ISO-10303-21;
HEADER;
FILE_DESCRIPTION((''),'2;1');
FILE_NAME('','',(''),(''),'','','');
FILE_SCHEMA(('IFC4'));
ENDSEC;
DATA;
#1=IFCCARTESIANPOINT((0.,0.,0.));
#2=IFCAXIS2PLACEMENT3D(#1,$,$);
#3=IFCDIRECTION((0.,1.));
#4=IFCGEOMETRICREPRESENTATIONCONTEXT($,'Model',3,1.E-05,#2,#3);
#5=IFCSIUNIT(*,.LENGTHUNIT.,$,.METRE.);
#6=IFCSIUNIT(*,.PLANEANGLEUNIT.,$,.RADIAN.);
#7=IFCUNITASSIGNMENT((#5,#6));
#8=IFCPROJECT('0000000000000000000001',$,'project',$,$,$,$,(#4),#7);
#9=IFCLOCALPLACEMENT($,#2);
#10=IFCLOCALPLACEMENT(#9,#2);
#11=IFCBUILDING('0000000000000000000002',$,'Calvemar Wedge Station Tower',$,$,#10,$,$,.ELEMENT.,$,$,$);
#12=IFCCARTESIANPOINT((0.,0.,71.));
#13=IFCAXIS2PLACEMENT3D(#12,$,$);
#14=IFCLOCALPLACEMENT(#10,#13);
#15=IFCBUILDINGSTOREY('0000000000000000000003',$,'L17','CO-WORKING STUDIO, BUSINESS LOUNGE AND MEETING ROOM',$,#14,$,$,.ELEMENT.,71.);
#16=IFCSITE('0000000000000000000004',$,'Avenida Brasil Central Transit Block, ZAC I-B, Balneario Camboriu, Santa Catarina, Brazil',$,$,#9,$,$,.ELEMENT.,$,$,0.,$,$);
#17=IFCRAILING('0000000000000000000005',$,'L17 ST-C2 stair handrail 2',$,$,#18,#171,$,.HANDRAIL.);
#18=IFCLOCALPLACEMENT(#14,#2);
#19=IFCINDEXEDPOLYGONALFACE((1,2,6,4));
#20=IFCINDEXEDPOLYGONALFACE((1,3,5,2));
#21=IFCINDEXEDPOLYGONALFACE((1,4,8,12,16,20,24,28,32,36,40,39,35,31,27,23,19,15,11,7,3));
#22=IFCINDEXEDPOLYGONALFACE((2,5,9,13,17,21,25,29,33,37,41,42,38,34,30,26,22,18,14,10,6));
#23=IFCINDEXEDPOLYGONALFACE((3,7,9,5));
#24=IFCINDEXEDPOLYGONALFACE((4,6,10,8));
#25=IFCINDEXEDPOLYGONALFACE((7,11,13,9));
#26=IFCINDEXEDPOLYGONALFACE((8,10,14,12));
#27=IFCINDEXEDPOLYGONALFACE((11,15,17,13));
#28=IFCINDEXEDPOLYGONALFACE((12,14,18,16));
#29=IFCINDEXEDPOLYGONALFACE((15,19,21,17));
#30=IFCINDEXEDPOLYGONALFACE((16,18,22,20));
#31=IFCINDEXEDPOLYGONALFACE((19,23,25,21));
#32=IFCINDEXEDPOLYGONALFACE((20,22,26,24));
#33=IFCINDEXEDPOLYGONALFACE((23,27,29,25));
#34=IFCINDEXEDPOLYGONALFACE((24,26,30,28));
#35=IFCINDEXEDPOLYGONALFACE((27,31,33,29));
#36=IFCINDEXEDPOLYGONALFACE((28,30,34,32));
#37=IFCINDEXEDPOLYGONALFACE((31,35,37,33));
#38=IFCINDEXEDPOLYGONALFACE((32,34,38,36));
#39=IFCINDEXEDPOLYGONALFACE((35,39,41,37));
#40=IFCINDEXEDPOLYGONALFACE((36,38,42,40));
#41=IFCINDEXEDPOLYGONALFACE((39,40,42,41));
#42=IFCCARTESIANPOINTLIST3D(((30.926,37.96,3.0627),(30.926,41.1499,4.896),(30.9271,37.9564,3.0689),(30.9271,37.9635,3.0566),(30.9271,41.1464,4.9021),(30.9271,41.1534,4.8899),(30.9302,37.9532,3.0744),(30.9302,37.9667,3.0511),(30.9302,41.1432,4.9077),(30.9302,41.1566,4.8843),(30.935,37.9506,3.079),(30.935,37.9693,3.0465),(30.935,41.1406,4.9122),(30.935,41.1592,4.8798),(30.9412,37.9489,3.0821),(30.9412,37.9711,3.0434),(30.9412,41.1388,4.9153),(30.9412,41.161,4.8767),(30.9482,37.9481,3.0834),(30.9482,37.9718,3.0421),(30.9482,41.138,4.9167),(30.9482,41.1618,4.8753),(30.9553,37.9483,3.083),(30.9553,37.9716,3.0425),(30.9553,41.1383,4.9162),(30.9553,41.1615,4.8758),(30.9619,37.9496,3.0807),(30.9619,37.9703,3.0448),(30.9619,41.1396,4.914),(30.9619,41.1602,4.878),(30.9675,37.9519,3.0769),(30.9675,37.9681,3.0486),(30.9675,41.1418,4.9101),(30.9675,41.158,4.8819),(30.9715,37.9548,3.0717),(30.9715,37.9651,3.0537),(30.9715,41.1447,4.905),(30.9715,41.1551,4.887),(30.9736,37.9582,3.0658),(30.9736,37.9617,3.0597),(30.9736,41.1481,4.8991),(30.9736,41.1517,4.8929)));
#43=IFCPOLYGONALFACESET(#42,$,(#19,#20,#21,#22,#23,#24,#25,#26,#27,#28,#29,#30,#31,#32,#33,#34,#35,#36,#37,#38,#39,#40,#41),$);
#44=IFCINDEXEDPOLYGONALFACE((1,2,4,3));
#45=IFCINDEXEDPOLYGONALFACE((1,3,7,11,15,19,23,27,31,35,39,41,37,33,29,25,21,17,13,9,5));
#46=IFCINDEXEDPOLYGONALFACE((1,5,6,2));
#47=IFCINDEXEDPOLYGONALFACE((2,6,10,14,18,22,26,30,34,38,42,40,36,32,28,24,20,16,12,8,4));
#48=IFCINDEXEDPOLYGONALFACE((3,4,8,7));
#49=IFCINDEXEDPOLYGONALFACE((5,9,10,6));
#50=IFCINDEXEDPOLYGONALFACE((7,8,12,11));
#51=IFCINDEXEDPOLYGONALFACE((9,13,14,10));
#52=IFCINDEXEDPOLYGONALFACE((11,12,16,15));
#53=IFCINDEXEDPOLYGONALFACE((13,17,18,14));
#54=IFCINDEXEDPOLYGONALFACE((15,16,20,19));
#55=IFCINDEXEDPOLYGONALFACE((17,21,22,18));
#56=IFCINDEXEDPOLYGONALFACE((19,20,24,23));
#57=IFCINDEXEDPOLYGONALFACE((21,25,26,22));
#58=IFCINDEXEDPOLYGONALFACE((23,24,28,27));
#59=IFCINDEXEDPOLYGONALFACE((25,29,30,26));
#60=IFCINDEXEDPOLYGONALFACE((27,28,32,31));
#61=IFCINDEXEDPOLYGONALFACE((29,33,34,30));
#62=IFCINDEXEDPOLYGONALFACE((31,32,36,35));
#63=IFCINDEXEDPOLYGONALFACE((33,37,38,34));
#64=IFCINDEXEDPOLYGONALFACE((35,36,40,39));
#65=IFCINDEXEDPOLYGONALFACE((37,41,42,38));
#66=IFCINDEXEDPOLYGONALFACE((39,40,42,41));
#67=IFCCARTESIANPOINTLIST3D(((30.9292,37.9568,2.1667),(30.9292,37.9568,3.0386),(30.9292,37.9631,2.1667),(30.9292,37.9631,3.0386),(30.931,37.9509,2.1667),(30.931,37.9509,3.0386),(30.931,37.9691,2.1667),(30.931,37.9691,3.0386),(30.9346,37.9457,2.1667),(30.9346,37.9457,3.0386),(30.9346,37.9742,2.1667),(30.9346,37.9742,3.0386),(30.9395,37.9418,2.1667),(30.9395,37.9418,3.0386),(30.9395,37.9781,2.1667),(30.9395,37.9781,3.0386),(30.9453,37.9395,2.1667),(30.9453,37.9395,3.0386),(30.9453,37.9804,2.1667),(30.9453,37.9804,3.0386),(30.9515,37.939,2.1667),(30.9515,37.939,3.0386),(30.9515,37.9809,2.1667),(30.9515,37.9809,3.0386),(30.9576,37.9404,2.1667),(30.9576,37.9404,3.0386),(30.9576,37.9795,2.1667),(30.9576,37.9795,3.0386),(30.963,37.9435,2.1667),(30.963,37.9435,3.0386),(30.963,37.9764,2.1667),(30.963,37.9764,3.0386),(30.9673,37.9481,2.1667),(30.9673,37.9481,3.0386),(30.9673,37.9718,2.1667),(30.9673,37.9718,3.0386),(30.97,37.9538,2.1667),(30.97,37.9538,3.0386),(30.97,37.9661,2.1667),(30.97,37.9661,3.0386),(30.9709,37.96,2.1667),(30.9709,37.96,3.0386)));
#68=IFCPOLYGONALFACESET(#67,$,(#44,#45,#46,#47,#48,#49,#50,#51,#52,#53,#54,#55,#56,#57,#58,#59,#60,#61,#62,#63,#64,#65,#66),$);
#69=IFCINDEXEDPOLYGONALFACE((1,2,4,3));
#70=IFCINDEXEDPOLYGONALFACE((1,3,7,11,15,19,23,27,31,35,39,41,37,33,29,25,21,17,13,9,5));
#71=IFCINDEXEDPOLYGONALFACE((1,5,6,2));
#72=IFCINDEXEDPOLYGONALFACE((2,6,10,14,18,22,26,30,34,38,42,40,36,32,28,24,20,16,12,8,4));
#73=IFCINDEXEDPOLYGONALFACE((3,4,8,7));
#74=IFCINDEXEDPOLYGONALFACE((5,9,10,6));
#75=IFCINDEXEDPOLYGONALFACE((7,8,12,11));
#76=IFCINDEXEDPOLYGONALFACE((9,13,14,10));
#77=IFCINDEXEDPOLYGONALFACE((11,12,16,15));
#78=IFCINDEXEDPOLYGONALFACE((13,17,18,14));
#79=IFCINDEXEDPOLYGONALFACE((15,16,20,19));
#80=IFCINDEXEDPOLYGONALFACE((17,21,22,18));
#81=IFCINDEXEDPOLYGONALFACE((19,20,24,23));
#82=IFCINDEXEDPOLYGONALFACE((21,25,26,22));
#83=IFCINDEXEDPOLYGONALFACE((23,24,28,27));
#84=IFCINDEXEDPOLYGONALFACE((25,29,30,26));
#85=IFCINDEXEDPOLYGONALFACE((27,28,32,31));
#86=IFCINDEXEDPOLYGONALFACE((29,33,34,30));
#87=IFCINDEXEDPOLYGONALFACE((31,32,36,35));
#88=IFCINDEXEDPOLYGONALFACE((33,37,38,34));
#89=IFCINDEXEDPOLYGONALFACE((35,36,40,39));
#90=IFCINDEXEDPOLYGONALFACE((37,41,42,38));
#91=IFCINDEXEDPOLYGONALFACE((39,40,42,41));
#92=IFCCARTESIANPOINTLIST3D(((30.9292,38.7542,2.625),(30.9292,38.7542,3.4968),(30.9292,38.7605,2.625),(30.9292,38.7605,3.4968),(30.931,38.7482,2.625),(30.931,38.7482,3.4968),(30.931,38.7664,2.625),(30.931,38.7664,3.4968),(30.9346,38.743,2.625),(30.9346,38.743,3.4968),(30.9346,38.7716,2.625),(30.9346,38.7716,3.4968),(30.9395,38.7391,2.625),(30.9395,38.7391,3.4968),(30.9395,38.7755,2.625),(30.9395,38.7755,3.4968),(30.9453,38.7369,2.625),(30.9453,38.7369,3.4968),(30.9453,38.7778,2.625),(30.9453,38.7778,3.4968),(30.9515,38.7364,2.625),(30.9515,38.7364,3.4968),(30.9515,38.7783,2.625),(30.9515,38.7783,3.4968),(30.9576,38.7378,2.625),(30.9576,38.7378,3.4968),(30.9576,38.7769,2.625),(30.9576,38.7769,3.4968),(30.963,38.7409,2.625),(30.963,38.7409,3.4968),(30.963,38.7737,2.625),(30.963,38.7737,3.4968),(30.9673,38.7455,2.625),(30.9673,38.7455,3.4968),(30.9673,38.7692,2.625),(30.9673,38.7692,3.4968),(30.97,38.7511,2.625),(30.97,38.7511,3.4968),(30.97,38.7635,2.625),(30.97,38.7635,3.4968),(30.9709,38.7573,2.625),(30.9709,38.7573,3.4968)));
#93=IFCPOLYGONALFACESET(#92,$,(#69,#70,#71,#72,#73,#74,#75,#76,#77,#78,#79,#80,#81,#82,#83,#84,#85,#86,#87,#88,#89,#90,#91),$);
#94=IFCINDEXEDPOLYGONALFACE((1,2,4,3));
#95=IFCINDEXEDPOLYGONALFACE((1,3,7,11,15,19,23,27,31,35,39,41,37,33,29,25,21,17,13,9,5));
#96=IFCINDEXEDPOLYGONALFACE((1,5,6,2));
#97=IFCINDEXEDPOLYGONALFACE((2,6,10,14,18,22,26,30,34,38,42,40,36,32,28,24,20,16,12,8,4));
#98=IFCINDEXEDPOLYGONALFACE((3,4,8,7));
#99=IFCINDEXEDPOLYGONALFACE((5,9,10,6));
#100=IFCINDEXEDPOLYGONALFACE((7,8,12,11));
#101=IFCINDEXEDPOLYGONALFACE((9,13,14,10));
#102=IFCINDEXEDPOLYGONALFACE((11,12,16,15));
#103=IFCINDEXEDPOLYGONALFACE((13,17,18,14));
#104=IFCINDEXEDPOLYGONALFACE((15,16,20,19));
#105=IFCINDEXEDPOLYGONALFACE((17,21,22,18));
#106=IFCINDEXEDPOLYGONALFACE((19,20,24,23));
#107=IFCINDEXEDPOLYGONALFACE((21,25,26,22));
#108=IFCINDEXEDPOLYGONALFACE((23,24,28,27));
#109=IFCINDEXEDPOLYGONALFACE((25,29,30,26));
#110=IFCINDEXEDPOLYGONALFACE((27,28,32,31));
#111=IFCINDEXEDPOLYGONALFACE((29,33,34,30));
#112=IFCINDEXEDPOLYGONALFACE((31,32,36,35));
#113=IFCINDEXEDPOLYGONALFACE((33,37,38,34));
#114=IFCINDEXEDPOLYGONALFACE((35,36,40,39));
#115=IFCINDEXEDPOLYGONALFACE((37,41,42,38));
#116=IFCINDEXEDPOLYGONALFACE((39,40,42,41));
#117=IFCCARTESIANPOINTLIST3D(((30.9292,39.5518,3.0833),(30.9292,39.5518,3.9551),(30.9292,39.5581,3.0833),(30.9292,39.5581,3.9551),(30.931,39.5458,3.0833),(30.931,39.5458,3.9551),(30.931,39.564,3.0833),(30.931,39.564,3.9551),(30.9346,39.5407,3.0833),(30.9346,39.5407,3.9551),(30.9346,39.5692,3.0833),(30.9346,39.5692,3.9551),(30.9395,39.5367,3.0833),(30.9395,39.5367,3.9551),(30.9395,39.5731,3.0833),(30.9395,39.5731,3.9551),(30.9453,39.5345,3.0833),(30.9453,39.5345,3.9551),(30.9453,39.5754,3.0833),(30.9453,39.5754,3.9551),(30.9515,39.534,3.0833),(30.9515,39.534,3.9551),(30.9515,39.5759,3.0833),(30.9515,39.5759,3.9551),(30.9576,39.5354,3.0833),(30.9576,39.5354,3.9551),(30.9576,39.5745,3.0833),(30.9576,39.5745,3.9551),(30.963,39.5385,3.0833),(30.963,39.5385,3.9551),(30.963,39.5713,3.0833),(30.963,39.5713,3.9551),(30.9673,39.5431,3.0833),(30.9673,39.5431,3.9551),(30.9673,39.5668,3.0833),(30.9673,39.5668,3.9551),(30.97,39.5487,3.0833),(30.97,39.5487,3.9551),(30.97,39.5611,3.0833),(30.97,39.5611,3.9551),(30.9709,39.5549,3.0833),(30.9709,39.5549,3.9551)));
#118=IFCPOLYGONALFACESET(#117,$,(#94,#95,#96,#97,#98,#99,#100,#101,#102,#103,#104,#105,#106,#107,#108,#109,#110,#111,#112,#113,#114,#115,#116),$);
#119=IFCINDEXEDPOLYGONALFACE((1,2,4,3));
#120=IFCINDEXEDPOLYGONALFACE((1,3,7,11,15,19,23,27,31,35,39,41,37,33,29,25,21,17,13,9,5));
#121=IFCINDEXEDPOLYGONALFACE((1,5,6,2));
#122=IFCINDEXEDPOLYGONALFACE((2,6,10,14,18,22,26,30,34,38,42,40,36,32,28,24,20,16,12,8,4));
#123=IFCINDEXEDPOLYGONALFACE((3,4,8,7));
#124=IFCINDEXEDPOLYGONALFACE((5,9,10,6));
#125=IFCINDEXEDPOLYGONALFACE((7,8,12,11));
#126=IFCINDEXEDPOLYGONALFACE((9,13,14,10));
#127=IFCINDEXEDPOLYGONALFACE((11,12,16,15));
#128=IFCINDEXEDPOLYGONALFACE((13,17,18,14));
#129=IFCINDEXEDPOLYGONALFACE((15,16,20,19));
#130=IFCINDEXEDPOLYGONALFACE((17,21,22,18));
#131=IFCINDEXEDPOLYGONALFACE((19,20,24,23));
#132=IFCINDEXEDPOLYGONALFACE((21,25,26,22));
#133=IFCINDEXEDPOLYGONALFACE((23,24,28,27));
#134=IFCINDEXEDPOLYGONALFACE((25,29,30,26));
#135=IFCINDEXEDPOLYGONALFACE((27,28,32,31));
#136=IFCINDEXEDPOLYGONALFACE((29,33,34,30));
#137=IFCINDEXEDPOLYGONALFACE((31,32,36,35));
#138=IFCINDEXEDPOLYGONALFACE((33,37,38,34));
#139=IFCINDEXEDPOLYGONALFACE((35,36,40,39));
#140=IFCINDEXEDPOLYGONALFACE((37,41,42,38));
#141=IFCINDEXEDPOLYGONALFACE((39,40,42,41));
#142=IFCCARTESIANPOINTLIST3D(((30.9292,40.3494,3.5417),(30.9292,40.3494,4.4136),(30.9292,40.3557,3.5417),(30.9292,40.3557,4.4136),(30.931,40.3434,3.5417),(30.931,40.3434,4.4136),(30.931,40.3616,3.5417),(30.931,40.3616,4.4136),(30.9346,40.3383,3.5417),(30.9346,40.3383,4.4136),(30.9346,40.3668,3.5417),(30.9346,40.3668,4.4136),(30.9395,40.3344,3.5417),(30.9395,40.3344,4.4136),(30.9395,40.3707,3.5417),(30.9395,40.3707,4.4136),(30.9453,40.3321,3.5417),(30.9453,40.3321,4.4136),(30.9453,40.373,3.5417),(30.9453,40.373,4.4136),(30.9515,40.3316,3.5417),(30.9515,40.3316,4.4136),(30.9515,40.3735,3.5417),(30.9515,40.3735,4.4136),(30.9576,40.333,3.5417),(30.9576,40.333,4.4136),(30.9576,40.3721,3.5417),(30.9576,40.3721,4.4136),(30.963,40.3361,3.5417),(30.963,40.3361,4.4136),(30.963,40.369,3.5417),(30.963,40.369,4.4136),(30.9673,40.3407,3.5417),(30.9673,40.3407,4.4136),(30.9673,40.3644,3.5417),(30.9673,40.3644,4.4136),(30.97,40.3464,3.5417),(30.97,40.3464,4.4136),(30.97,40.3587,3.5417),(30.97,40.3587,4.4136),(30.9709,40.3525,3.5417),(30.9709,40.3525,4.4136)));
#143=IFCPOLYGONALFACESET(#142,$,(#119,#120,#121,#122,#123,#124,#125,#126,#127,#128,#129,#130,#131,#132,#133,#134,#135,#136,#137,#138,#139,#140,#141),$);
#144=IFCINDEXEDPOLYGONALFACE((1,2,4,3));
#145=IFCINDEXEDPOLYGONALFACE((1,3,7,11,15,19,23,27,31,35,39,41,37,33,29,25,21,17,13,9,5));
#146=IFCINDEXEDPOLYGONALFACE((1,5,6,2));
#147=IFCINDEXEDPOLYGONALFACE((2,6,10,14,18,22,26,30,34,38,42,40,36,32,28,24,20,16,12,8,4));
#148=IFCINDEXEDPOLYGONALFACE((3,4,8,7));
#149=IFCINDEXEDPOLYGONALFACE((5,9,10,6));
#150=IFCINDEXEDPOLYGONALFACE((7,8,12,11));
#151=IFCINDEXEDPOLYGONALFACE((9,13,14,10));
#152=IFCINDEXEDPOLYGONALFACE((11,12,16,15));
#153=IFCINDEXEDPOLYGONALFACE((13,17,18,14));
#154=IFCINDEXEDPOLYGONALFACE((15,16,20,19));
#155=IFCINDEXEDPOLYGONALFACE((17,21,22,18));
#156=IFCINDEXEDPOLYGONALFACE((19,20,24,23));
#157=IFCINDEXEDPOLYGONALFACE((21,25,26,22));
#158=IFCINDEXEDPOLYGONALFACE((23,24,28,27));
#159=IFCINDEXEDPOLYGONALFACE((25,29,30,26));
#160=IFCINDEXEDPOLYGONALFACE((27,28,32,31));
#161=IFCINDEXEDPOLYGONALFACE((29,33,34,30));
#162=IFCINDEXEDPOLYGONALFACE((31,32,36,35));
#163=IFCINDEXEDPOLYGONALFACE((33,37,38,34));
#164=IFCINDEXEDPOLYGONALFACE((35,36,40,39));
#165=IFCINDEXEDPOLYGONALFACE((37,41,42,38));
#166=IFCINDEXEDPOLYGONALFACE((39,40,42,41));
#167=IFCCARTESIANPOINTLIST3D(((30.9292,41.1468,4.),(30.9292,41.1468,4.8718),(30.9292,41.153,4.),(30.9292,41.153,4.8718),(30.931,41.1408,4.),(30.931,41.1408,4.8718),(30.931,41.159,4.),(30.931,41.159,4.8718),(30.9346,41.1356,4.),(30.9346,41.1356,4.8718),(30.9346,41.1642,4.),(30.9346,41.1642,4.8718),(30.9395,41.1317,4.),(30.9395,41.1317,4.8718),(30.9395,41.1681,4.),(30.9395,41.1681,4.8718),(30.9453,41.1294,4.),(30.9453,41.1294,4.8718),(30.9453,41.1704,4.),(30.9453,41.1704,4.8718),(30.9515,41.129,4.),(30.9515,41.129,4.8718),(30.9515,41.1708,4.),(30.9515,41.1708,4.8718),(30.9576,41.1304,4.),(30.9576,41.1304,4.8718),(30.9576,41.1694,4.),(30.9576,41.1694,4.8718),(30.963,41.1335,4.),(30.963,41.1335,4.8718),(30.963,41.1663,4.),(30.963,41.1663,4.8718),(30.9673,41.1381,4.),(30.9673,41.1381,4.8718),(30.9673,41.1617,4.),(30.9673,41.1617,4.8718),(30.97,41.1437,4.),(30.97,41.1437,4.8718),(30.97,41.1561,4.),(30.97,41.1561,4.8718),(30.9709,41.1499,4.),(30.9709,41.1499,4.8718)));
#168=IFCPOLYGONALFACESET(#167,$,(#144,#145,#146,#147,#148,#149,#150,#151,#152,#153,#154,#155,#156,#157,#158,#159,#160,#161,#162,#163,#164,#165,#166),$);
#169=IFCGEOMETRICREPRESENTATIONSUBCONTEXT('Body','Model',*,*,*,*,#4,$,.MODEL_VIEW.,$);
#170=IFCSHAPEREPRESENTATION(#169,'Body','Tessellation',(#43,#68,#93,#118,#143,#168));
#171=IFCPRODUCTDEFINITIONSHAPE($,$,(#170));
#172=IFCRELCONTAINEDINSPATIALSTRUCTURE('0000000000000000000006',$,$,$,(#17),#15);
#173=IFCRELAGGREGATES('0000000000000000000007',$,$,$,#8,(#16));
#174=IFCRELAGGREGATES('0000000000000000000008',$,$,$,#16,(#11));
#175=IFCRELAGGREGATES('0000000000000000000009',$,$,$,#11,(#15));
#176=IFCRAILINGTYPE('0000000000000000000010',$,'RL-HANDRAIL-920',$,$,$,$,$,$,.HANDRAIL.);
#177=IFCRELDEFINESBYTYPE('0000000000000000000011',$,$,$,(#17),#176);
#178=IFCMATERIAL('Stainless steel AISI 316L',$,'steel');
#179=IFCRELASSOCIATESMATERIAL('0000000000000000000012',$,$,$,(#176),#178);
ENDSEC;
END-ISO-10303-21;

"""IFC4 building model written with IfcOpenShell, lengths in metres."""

from ifc_helpers import new_model, si_unit, direction, frame, origin, origin_2d, place, context, subcontext, project, spatial, circle, extrude, material, type_object, element, save


model = new_model("IFC4")

# Units and contexts
model_context = context("Model", 3, precision=1e-05, world=origin(), true_north=direction((0.0, 1.0)))
body_context = subcontext(model_context, "Body", "Model", "MODEL_VIEW")
ifc_project = project(units=[si_unit("LENGTHUNIT", "METRE"), si_unit("PLANEANGLEUNIT", "RADIAN")], contexts=[model_context])

# Site, building, storey
site_placement = place(None, origin())
site = spatial("IfcSite", under=ifc_project, at=site_placement, Name="Avenida Brasil Central Transit Block, ZAC I-B, Balneario Camboriu, Santa Catarina, Brazil", CompositionType="ELEMENT", RefElevation=0.0)
building_placement = place(site_placement, origin())
building = spatial("IfcBuilding", under=site, at=building_placement, Name="Calvemar Wedge Station Tower", CompositionType="ELEMENT")
storey_placement = place(building_placement, frame((0.0, 0.0, 71.0)))
storey = spatial("IfcBuildingStorey", under=building, at=storey_placement, Name="L17", Description="CO-WORKING STUDIO, BUSINESS LOUNGE AND MEETING ROOM", CompositionType="ELEMENT", Elevation=71.0)

# Railing
ifc_material_1 = material(Name="Stainless steel AISI 316L", Category="steel")
railing_type_1 = type_object("IfcRailingType", Name="RL-HANDRAIL-920", PredefinedType="HANDRAIL", material=ifc_material_1)
railing_1_placement = place(storey_placement, frame((30.95, 37.96, 2.1667)))
element("IfcRailing", 1, at=railing_1_placement, inside=storey, type_object=railing_type_1, Name="L17 ST-C2 stair handrail 2", PredefinedType="HANDRAIL", context=body_context, shape_type="SweptSolid", body=[
    extrude(circle(Radius=0.0239, at=origin_2d()), frame((0.0, 0.0, 0.896), z_axis=(0.0, 0.86702, 0.498274), x_axis=(-1.0, 0.0, 0.0)), (0.0, 0.0, 1.0), 3.6792),
    extrude(circle(Radius=0.021, at=origin_2d()), origin(), (0.0, 0.0, 1.0), 0.8718),
    extrude(circle(Radius=0.021, at=origin_2d()), frame((0.0, 0.7974, 0.4583)), (0.0, 0.0, 1.0), 0.8718),
    extrude(circle(Radius=0.021, at=origin_2d()), frame((0.0, 1.595, 0.9165)), (0.0, 0.0, 1.0), 0.8718),
    extrude(circle(Radius=0.021, at=origin_2d()), frame((0.0, 2.3926, 1.375)), (0.0, 0.0, 1.0), 0.8718),
    extrude(circle(Radius=0.021, at=origin_2d()), frame((0.0, 3.1899, 1.8333)), (0.0, 0.0, 1.0), 0.8718),
])

save(model, "model.ifc")
